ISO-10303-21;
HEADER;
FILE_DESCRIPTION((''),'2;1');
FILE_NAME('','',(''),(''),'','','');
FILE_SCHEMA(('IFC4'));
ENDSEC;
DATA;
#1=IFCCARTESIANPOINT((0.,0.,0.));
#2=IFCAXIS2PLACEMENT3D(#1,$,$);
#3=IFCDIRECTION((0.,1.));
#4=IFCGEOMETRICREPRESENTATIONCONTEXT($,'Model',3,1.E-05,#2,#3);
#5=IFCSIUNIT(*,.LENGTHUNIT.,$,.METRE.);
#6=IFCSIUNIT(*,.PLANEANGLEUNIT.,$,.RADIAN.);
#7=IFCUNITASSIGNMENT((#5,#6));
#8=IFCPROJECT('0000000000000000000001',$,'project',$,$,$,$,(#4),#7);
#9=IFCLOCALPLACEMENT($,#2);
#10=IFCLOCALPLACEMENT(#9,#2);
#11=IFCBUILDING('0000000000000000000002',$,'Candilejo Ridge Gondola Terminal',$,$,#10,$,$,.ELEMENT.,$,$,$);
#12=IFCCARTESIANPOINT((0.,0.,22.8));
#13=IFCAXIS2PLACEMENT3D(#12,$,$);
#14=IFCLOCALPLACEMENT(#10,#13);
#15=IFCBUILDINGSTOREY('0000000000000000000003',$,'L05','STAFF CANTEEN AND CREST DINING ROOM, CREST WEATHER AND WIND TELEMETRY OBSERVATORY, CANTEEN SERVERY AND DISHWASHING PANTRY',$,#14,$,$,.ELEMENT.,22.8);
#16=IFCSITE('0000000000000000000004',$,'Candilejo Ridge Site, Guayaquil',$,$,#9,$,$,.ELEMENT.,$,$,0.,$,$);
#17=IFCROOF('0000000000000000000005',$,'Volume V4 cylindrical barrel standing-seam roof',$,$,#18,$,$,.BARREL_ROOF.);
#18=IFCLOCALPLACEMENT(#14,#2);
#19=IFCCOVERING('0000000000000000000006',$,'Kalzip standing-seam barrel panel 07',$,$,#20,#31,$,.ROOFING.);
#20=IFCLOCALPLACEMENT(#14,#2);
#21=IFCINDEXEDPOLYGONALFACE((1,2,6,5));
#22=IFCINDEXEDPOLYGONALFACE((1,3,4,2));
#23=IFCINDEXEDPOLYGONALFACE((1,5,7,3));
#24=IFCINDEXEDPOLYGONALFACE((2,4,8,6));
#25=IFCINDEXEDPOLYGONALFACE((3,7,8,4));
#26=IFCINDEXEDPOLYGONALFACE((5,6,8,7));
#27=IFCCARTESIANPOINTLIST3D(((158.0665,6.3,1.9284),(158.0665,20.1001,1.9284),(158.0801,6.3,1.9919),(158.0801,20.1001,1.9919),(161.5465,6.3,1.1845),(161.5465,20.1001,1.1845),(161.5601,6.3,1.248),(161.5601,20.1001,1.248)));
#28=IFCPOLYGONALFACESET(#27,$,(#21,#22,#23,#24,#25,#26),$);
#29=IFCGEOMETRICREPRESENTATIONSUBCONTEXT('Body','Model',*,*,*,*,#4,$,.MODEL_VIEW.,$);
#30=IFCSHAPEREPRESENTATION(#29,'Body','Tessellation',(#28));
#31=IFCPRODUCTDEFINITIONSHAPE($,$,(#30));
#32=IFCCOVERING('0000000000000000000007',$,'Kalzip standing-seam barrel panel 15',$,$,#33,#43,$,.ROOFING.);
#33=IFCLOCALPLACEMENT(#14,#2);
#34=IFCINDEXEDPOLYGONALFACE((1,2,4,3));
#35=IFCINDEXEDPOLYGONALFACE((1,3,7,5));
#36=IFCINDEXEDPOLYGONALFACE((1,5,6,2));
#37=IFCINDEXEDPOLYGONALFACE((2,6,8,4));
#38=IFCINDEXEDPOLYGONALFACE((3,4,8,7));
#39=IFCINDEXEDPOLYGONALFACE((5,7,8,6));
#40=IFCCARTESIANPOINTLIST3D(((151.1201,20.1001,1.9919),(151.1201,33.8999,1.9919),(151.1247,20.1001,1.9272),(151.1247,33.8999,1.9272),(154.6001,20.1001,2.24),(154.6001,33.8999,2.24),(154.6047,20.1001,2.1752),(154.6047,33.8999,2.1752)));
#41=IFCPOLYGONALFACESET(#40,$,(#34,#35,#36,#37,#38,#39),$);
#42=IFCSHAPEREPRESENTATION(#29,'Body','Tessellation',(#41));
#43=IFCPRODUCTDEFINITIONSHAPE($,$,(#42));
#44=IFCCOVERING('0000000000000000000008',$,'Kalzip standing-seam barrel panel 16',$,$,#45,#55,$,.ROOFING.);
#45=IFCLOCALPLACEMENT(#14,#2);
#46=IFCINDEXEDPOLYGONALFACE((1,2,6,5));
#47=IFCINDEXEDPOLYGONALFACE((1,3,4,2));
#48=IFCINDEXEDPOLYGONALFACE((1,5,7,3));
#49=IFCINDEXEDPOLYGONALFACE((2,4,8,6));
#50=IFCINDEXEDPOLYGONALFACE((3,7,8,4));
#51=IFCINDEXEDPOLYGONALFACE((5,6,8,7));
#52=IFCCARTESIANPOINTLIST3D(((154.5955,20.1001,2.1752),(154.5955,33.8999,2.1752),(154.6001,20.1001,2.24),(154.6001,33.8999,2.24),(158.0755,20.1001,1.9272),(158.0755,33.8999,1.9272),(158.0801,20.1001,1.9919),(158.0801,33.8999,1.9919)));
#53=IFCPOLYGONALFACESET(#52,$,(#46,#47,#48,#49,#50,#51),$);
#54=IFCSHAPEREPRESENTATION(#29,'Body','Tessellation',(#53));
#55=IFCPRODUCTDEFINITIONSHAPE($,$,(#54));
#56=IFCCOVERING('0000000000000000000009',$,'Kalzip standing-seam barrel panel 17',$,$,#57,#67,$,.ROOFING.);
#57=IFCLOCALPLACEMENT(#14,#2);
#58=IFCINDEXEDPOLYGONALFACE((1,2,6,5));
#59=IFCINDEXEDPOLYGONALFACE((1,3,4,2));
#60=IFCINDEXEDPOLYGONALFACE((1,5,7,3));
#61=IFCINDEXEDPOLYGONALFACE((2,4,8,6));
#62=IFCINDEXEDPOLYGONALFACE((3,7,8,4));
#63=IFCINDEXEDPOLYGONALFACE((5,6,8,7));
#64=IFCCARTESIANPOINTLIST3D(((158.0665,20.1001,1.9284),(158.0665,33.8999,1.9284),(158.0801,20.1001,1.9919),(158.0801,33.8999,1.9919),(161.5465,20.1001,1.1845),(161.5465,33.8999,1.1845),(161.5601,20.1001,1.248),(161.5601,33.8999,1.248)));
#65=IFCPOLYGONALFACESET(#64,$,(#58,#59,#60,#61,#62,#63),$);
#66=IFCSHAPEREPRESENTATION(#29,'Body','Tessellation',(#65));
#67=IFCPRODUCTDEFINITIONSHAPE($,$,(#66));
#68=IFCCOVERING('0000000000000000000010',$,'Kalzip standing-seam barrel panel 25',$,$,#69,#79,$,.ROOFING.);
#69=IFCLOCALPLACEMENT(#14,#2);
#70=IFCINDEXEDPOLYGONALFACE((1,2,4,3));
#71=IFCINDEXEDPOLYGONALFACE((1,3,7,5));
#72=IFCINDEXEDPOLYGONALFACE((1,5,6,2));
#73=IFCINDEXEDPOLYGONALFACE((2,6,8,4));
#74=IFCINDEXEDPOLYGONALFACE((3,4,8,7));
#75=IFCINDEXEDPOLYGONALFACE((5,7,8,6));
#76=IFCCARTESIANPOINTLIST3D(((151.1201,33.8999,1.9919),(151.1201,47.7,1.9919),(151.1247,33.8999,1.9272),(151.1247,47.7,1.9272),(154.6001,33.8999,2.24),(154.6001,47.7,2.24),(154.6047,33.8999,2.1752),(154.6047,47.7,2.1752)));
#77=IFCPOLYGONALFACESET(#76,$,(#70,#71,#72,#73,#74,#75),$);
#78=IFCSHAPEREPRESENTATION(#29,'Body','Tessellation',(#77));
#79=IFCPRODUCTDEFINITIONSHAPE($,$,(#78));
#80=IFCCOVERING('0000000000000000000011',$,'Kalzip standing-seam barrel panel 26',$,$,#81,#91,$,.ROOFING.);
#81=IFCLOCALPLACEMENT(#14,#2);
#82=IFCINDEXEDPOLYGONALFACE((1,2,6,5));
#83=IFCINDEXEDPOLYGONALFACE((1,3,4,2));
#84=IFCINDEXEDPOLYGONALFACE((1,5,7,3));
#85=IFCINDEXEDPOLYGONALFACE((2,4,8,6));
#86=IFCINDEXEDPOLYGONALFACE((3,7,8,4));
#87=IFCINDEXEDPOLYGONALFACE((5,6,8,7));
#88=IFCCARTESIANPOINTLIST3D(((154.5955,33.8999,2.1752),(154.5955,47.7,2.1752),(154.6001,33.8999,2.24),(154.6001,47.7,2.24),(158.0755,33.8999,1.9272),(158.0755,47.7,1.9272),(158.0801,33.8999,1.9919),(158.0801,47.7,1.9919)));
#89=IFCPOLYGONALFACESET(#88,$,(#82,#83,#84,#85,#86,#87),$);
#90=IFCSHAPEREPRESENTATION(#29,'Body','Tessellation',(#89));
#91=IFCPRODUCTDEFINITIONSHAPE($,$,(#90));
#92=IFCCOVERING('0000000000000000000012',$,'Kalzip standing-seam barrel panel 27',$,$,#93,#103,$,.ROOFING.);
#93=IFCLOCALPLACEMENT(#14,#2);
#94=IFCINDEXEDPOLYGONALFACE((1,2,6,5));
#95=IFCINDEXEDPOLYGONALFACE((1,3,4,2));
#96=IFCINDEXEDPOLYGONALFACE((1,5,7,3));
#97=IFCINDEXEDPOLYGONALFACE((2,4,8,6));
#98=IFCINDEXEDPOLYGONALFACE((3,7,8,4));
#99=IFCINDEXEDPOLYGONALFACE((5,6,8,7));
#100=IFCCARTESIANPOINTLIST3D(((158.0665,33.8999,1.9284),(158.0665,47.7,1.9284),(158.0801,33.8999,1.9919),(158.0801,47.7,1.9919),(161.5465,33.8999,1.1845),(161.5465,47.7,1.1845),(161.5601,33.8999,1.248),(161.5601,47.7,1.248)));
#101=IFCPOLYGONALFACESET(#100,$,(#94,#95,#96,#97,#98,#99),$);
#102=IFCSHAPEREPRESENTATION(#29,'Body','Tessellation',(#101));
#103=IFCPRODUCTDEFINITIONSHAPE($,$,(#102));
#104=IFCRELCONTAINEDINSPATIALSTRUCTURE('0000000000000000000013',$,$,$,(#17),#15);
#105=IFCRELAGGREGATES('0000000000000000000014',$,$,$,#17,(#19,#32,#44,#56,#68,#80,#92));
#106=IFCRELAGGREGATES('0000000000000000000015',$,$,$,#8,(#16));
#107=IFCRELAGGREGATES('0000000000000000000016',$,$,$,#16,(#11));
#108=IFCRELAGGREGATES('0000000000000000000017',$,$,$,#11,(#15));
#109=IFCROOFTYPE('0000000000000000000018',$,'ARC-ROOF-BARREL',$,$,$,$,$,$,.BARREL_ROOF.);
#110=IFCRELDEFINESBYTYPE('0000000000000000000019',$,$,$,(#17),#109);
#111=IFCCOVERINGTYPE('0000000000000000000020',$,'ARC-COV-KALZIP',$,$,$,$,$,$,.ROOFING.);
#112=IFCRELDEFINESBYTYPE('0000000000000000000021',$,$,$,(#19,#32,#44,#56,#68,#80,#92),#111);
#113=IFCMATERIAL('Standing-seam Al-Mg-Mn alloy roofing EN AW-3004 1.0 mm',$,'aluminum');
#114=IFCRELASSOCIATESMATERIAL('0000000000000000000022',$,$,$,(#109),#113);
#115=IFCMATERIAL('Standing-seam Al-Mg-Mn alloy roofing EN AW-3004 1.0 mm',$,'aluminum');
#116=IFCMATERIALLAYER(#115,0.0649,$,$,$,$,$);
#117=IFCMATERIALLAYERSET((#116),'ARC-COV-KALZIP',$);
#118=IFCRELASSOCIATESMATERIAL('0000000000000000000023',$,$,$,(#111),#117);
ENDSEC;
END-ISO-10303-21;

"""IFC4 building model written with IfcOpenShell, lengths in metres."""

from ifc_helpers import new_model, si_unit, direction, frame, origin, place, context, subcontext, project, spatial, polyline, outline, extrude, material, layer, layer_set, type_object, element, aggregate, save


model = new_model("IFC4")

# Units and contexts
model_context = context("Model", 3, precision=1e-05, world=origin(), true_north=direction((0.0, 1.0)))
body_context = subcontext(model_context, "Body", "Model", "MODEL_VIEW")
ifc_project = project(units=[si_unit("LENGTHUNIT", "METRE"), si_unit("PLANEANGLEUNIT", "RADIAN")], contexts=[model_context])

# Site, building, storey
site_placement = place(None, origin())
site = spatial("IfcSite", under=ifc_project, at=site_placement, Name="Candilejo Ridge Site, Guayaquil", CompositionType="ELEMENT", RefElevation=0.0)
building_placement = place(site_placement, origin())
building = spatial("IfcBuilding", under=site, at=building_placement, Name="Candilejo Ridge Gondola Terminal", CompositionType="ELEMENT")
storey_placement = place(building_placement, frame((0.0, 0.0, 22.8)))
storey = spatial("IfcBuildingStorey", under=building, at=storey_placement, Name="L05", Description="STAFF CANTEEN AND CREST DINING ROOM, CREST WEATHER AND WIND TELEMETRY OBSERVATORY, CANTEEN SERVERY AND DISHWASHING PANTRY", CompositionType="ELEMENT", Elevation=22.8)

# Roof, coverings
ifc_material_1 = material(Name="Standing-seam Al-Mg-Mn alloy roofing EN AW-3004 1.0 mm", Category="aluminum")
roof_type = type_object("IfcRoofType", Name="ARC-ROOF-BARREL", PredefinedType="BARREL_ROOF", material=ifc_material_1)
roof_placement = place(storey_placement, origin())
roof = element("IfcRoof", 1, at=roof_placement, inside=storey, type_object=roof_type, Name="Volume V4 cylindrical barrel standing-seam roof", PredefinedType="BARREL_ROOF")
ifc_material_2 = material(Name="Standing-seam Al-Mg-Mn alloy roofing EN AW-3004 1.0 mm", Category="aluminum")
ifc_layer_1 = layer(ifc_material_2, 0.0649)
ifc_layer_set_1 = layer_set([ifc_layer_1], Name="ARC-COV-KALZIP")
covering_type = type_object("IfcCoveringType", Name="ARC-COV-KALZIP", PredefinedType="ROOFING", material=ifc_layer_set_1)
covering_1_placement = place(storey_placement, frame((158.0801, 6.3, 1.9919), z_axis=(0.209042, 0.0, 0.977907), x_axis=(0.977907, 0.0, -0.209042)))
covering_1 = element("IfcCovering", 2, at=covering_1_placement, type_object=covering_type, Name="Kalzip standing-seam barrel panel 07", PredefinedType="ROOFING", context=body_context, shape_type="SweptSolid", body=[
    extrude(outline(polyline([(0.0, 0.0), (3.5586, 0.0), (3.5586, 13.8), (0.0, 13.8), (0.0, 0.0)])), origin(), (0.0, 0.0, -1.0), 0.0649),
])
covering_2_placement = place(storey_placement, frame((151.1201, 20.1001, 1.9919), z_axis=(-0.071098, 0.0, 0.997469), x_axis=(0.997469, 0.0, 0.071098)))
covering_2 = element("IfcCovering", 3, at=covering_2_placement, type_object=covering_type, Name="Kalzip standing-seam barrel panel 15", PredefinedType="ROOFING", context=body_context, shape_type="SweptSolid", body=[
    extrude(outline(polyline([(0.0, 0.0), (3.4888, 0.0), (3.4888, 13.7998), (0.0, 13.7998), (0.0, 0.0)])), origin(), (0.0, 0.0, -1.0), 0.0649),
])
covering_3_placement = place(storey_placement, frame((154.6001, 20.1001, 2.24), z_axis=(0.071098, 0.0, 0.997469), x_axis=(0.997469, 0.0, -0.071098)))
covering_3 = element("IfcCovering", 4, at=covering_3_placement, type_object=covering_type, Name="Kalzip standing-seam barrel panel 16", PredefinedType="ROOFING", context=body_context, shape_type="SweptSolid", body=[
    extrude(outline(polyline([(0.0, 0.0), (3.4888, 0.0), (3.4888, 13.7998), (0.0, 13.7998), (0.0, 0.0)])), origin(), (0.0, 0.0, -1.0), 0.0649),
])
covering_4_placement = place(storey_placement, frame((158.0801, 20.1001, 1.9919), z_axis=(0.209042, 0.0, 0.977907), x_axis=(0.977907, 0.0, -0.209042)))
covering_4 = element("IfcCovering", 5, at=covering_4_placement, type_object=covering_type, Name="Kalzip standing-seam barrel panel 17", PredefinedType="ROOFING", context=body_context, shape_type="SweptSolid", body=[
    extrude(outline(polyline([(0.0, 0.0), (3.5586, 0.0), (3.5586, 13.7998), (0.0, 13.7998), (0.0, 0.0)])), origin(), (0.0, 0.0, -1.0), 0.0649),
])
covering_5_placement = place(storey_placement, frame((151.1201, 33.8999, 1.9919), z_axis=(-0.071098, 0.0, 0.997469), x_axis=(0.997469, 0.0, 0.071098)))
covering_5 = element("IfcCovering", 6, at=covering_5_placement, type_object=covering_type, Name="Kalzip standing-seam barrel panel 25", PredefinedType="ROOFING", context=body_context, shape_type="SweptSolid", body=[
    extrude(outline(polyline([(0.0, 0.0), (3.4888, 0.0), (3.4888, 13.8), (0.0, 13.8), (0.0, 0.0)])), origin(), (0.0, 0.0, -1.0), 0.0649),
])
covering_6_placement = place(storey_placement, frame((154.6001, 33.8999, 2.24), z_axis=(0.071098, 0.0, 0.997469), x_axis=(0.997469, 0.0, -0.071098)))
covering_6 = element("IfcCovering", 7, at=covering_6_placement, type_object=covering_type, Name="Kalzip standing-seam barrel panel 26", PredefinedType="ROOFING", context=body_context, shape_type="SweptSolid", body=[
    extrude(outline(polyline([(0.0, 0.0), (3.4888, 0.0), (3.4888, 13.8), (0.0, 13.8), (0.0, 0.0)])), origin(), (0.0, 0.0, -1.0), 0.0649),
])
covering_7_placement = place(storey_placement, frame((158.0801, 33.8999, 1.9919), z_axis=(0.209042, 0.0, 0.977907), x_axis=(0.977907, 0.0, -0.209042)))
covering_7 = element("IfcCovering", 8, at=covering_7_placement, type_object=covering_type, Name="Kalzip standing-seam barrel panel 27", PredefinedType="ROOFING", context=body_context, shape_type="SweptSolid", body=[
    extrude(outline(polyline([(0.0, 0.0), (3.5586, 0.0), (3.5586, 13.8), (0.0, 13.8), (0.0, 0.0)])), origin(), (0.0, 0.0, -1.0), 0.0649),
])
aggregate(roof, [covering_1, covering_2, covering_3, covering_4, covering_5, covering_6, covering_7])

save(model, "model.ifc")
